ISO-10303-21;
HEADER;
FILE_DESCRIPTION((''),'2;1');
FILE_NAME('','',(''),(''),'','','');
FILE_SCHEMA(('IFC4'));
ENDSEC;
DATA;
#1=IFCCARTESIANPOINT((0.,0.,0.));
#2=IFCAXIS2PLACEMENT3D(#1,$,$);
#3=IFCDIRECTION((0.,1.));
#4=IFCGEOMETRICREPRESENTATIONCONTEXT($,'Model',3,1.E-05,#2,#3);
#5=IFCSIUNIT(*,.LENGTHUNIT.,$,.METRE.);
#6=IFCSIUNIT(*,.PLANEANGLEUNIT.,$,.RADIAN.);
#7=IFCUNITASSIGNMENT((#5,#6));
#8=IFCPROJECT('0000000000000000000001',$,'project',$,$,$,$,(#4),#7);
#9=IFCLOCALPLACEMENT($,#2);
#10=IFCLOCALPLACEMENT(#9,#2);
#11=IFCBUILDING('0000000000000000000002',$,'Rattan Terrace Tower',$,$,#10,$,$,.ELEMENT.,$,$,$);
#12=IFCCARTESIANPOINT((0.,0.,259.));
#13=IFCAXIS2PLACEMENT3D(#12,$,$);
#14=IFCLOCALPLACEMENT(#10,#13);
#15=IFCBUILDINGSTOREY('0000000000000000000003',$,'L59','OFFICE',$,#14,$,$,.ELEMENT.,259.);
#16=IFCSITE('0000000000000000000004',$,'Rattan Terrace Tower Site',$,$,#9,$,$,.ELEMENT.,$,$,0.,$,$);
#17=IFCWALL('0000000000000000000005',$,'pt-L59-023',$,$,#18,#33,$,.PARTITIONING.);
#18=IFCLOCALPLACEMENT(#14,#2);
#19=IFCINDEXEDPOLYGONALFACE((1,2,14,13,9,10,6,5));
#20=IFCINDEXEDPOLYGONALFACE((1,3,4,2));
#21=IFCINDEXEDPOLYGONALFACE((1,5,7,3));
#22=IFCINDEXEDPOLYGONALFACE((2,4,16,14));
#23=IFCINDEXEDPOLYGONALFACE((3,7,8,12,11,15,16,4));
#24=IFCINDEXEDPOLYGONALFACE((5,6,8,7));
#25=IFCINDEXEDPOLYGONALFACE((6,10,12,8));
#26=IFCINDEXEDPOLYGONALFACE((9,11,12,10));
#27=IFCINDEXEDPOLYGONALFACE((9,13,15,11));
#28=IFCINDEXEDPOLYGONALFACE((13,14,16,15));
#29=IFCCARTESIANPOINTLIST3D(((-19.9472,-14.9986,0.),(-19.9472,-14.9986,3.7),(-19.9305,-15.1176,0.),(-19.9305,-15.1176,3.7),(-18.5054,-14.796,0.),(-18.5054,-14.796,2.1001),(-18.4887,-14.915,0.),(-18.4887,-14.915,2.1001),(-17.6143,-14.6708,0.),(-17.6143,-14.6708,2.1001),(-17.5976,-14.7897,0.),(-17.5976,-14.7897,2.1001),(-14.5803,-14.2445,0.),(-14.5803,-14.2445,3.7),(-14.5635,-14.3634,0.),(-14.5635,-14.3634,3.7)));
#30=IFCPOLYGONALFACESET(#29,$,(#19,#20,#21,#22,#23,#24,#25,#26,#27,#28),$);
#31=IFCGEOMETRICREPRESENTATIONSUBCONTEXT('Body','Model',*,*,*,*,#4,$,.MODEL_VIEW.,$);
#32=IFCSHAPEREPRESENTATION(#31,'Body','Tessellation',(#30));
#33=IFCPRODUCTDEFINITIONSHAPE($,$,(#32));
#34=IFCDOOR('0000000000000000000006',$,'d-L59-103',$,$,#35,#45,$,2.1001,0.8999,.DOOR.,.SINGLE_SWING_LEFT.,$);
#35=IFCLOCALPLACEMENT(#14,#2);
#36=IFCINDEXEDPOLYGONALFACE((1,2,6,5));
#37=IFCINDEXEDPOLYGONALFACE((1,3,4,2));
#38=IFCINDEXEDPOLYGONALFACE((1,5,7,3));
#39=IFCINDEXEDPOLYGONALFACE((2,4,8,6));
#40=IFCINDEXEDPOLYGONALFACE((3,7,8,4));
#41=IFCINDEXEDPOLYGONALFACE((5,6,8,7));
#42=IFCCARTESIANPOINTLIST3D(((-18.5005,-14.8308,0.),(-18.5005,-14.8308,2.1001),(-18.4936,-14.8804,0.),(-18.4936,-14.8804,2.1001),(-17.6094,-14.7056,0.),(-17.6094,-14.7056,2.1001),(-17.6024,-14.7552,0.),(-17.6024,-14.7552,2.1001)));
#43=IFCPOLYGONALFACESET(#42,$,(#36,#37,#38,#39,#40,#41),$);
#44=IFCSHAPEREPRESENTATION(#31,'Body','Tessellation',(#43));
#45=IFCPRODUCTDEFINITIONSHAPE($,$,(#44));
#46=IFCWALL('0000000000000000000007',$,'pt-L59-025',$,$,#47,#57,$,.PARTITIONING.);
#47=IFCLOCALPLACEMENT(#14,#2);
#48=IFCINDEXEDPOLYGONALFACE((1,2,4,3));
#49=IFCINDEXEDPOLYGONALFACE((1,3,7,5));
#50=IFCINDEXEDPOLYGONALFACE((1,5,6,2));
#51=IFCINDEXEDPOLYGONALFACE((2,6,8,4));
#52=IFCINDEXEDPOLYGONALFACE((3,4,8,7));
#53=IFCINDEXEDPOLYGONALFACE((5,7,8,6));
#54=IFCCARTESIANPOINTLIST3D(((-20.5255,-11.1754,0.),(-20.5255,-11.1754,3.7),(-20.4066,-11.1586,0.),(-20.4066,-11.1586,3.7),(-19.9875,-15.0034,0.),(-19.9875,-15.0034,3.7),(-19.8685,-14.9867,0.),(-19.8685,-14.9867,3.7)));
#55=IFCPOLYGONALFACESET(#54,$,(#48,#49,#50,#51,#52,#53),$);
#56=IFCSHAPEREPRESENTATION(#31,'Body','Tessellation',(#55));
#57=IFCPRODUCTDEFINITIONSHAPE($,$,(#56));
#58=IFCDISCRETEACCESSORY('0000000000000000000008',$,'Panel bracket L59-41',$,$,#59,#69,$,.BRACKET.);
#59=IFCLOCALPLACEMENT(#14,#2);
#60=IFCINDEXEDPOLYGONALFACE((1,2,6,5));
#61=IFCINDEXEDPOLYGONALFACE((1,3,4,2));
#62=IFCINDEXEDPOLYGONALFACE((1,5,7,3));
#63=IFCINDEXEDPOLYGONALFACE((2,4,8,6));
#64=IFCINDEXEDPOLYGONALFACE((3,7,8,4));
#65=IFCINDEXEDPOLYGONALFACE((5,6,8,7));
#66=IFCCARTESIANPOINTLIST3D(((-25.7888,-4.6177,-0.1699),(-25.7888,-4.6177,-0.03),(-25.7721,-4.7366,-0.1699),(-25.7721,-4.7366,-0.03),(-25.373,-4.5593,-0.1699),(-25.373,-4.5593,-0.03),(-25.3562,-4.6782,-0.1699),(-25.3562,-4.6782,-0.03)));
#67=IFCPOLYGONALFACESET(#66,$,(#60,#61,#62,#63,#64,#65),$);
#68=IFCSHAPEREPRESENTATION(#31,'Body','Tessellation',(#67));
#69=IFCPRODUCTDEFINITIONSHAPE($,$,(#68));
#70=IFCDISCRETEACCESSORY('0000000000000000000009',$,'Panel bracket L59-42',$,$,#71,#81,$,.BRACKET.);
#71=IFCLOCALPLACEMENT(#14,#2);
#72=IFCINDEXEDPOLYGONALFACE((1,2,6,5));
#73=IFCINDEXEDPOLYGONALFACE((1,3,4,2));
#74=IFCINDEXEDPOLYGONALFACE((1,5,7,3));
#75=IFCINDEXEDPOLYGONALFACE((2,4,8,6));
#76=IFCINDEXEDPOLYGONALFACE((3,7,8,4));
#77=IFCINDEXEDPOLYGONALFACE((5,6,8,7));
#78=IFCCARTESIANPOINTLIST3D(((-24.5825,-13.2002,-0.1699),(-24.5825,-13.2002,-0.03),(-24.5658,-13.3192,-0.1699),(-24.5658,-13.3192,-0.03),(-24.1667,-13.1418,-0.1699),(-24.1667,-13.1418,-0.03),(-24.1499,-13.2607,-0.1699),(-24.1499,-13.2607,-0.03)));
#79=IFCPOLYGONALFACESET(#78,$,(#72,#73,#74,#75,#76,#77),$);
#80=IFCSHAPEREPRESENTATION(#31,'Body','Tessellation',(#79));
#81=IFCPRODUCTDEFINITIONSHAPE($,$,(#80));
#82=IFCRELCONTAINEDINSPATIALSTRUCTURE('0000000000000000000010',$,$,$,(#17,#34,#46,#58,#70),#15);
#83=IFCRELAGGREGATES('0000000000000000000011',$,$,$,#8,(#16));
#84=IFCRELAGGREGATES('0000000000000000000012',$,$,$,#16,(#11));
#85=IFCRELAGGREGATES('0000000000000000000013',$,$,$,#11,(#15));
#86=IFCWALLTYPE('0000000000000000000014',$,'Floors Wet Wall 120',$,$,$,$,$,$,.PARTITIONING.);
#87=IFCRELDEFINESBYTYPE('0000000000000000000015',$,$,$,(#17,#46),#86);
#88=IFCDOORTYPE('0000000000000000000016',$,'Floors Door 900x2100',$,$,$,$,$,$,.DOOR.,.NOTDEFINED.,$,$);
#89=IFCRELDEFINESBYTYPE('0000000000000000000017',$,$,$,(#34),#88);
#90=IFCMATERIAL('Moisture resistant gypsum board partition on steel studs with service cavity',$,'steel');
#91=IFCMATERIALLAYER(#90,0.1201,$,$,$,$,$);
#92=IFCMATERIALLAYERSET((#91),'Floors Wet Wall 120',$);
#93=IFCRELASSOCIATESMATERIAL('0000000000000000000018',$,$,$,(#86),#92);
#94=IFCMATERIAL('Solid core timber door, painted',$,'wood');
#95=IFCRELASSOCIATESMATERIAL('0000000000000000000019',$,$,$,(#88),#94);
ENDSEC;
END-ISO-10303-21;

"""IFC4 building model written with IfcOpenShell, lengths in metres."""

from ifc_helpers import new_model, si_unit, direction, frame, frame_2d, origin, origin_2d, place, context, subcontext, project, spatial, rectangle, extrude, material, layer, layer_set, type_object, element, fill, save


model = new_model("IFC4")

# Units and contexts
model_context = context("Model", 3, precision=1e-05, world=origin(), true_north=direction((0.0, 1.0)))
body_context = subcontext(model_context, "Body", "Model", "MODEL_VIEW")
ifc_project = project(units=[si_unit("LENGTHUNIT", "METRE"), si_unit("PLANEANGLEUNIT", "RADIAN")], contexts=[model_context])

# Site, building, storey
site_placement = place(None, origin())
site = spatial("IfcSite", under=ifc_project, at=site_placement, Name="Rattan Terrace Tower Site", CompositionType="ELEMENT", RefElevation=0.0)
building_placement = place(site_placement, origin())
building = spatial("IfcBuilding", under=site, at=building_placement, Name="Rattan Terrace Tower", CompositionType="ELEMENT")
storey_placement = place(building_placement, frame((0.0, 0.0, 259.0)))
storey = spatial("IfcBuildingStorey", under=building, at=storey_placement, Name="L59", Description="OFFICE", CompositionType="ELEMENT", Elevation=259.0)

# Wall, opening, door
ifc_material_1 = material(Name="Moisture resistant gypsum board partition on steel studs with service cavity", Category="steel")
ifc_layer_1 = layer(ifc_material_1, 0.1201)
ifc_layer_set_1 = layer_set([ifc_layer_1], Name="Floors Wet Wall 120")
wall_type_1 = type_object("IfcWallType", Name="Floors Wet Wall 120", PredefinedType="PARTITIONING", material=ifc_layer_set_1)
wall_1_placement = place(storey_placement, frame((-19.939, -15.0581, 0.0), z_axis=(0.0, 0.0, 1.0), x_axis=(0.990271, 0.139151, 0.0)))
wall_1 = element("IfcWall", 1, at=wall_1_placement, inside=storey, type_object=wall_type_1, Name="pt-L59-023", PredefinedType="PARTITIONING", context=body_context, shape_type="SweptSolid", body=[
    extrude(rectangle(XDim=5.4197, YDim=0.1201, at=frame_2d((2.71, 0.0))), origin(), (0.0, 0.0, 1.0), 3.7),
])
opening_1_placement = place(wall_1_placement, frame((1.4561, 0.0, 0.0)))
opening_1 = element("IfcOpeningElement", 2, at=opening_1_placement, cuts=wall_1, PredefinedType="OPENING", context=body_context, shape_type="SweptSolid", body=[
    extrude(rectangle(XDim=0.8999, YDim=2.1001, at=frame_2d((0.45, 1.05))), frame((0.0, 0.0706, 0.0), z_axis=(0.0, -1.0, 0.0), x_axis=(1.0, 0.0, 0.0)), (0.0, 0.0, 1.0), 0.1411),
])
ifc_material_2 = material(Name="Solid core timber door, painted", Category="wood")
door_type_1 = type_object("IfcDoorType", Name="Floors Door 900x2100", OperationType="NOTDEFINED", PredefinedType="DOOR", material=ifc_material_2)
door_1_placement = place(opening_1_placement, origin())
door_1 = element("IfcDoor", 3, at=door_1_placement, inside=storey, type_object=door_type_1, Name="d-L59-103", OperationType="SINGLE_SWING_LEFT", OverallHeight=2.1001, OverallWidth=0.8999, PredefinedType="DOOR", context=body_context, shape_type="SweptSolid", body=[
    extrude(rectangle(XDim=0.8999, YDim=2.1001, at=frame_2d((0.45, 1.05))), frame((0.0, 0.0249, 0.0), z_axis=(0.0, -1.0, 0.0), x_axis=(1.0, 0.0, 0.0)), (0.0, 0.0, 1.0), 0.05),
])
fill(opening_1, door_1)

# Wall
wall_2_placement = place(storey_placement, frame((-20.4661, -11.167, 0.0), z_axis=(0.0, 0.0, 1.0), x_axis=(0.139193, -0.990265, 0.0)))
element("IfcWall", 4, at=wall_2_placement, inside=storey, type_object=wall_type_1, Name="pt-L59-025", PredefinedType="PARTITIONING", context=body_context, shape_type="SweptSolid", body=[
    extrude(rectangle(XDim=3.8657, YDim=0.1201, at=frame_2d((1.9329, 0.0))), origin(), (0.0, 0.0, 1.0), 3.7),
])

# Discrete accessories
for number, where, z_axis, x_axis, name in (
    (5, (-25.5725, -4.6479, -0.1699), (0.0, 0.0, 1.0), (0.139192, -0.990265, 0.0), "Panel bracket L59-41"),
    (6, (-24.3662, -13.2305, -0.1699), (0.0, 0.0, 1.0), (0.139192, -0.990265, 0.0), "Panel bracket L59-42"),
):
    element("IfcDiscreteAccessory", number, at=place(storey_placement, frame(where, z_axis=z_axis, x_axis=x_axis)), inside=storey, Name=name, PredefinedType="BRACKET", context=body_context, shape_type="SweptSolid", body=[
        extrude(rectangle(XDim=0.1201, YDim=0.4199, at=origin_2d()), origin(), (0.0, 0.0, 1.0), 0.1399),
    ])

save(model, "model.ifc")
